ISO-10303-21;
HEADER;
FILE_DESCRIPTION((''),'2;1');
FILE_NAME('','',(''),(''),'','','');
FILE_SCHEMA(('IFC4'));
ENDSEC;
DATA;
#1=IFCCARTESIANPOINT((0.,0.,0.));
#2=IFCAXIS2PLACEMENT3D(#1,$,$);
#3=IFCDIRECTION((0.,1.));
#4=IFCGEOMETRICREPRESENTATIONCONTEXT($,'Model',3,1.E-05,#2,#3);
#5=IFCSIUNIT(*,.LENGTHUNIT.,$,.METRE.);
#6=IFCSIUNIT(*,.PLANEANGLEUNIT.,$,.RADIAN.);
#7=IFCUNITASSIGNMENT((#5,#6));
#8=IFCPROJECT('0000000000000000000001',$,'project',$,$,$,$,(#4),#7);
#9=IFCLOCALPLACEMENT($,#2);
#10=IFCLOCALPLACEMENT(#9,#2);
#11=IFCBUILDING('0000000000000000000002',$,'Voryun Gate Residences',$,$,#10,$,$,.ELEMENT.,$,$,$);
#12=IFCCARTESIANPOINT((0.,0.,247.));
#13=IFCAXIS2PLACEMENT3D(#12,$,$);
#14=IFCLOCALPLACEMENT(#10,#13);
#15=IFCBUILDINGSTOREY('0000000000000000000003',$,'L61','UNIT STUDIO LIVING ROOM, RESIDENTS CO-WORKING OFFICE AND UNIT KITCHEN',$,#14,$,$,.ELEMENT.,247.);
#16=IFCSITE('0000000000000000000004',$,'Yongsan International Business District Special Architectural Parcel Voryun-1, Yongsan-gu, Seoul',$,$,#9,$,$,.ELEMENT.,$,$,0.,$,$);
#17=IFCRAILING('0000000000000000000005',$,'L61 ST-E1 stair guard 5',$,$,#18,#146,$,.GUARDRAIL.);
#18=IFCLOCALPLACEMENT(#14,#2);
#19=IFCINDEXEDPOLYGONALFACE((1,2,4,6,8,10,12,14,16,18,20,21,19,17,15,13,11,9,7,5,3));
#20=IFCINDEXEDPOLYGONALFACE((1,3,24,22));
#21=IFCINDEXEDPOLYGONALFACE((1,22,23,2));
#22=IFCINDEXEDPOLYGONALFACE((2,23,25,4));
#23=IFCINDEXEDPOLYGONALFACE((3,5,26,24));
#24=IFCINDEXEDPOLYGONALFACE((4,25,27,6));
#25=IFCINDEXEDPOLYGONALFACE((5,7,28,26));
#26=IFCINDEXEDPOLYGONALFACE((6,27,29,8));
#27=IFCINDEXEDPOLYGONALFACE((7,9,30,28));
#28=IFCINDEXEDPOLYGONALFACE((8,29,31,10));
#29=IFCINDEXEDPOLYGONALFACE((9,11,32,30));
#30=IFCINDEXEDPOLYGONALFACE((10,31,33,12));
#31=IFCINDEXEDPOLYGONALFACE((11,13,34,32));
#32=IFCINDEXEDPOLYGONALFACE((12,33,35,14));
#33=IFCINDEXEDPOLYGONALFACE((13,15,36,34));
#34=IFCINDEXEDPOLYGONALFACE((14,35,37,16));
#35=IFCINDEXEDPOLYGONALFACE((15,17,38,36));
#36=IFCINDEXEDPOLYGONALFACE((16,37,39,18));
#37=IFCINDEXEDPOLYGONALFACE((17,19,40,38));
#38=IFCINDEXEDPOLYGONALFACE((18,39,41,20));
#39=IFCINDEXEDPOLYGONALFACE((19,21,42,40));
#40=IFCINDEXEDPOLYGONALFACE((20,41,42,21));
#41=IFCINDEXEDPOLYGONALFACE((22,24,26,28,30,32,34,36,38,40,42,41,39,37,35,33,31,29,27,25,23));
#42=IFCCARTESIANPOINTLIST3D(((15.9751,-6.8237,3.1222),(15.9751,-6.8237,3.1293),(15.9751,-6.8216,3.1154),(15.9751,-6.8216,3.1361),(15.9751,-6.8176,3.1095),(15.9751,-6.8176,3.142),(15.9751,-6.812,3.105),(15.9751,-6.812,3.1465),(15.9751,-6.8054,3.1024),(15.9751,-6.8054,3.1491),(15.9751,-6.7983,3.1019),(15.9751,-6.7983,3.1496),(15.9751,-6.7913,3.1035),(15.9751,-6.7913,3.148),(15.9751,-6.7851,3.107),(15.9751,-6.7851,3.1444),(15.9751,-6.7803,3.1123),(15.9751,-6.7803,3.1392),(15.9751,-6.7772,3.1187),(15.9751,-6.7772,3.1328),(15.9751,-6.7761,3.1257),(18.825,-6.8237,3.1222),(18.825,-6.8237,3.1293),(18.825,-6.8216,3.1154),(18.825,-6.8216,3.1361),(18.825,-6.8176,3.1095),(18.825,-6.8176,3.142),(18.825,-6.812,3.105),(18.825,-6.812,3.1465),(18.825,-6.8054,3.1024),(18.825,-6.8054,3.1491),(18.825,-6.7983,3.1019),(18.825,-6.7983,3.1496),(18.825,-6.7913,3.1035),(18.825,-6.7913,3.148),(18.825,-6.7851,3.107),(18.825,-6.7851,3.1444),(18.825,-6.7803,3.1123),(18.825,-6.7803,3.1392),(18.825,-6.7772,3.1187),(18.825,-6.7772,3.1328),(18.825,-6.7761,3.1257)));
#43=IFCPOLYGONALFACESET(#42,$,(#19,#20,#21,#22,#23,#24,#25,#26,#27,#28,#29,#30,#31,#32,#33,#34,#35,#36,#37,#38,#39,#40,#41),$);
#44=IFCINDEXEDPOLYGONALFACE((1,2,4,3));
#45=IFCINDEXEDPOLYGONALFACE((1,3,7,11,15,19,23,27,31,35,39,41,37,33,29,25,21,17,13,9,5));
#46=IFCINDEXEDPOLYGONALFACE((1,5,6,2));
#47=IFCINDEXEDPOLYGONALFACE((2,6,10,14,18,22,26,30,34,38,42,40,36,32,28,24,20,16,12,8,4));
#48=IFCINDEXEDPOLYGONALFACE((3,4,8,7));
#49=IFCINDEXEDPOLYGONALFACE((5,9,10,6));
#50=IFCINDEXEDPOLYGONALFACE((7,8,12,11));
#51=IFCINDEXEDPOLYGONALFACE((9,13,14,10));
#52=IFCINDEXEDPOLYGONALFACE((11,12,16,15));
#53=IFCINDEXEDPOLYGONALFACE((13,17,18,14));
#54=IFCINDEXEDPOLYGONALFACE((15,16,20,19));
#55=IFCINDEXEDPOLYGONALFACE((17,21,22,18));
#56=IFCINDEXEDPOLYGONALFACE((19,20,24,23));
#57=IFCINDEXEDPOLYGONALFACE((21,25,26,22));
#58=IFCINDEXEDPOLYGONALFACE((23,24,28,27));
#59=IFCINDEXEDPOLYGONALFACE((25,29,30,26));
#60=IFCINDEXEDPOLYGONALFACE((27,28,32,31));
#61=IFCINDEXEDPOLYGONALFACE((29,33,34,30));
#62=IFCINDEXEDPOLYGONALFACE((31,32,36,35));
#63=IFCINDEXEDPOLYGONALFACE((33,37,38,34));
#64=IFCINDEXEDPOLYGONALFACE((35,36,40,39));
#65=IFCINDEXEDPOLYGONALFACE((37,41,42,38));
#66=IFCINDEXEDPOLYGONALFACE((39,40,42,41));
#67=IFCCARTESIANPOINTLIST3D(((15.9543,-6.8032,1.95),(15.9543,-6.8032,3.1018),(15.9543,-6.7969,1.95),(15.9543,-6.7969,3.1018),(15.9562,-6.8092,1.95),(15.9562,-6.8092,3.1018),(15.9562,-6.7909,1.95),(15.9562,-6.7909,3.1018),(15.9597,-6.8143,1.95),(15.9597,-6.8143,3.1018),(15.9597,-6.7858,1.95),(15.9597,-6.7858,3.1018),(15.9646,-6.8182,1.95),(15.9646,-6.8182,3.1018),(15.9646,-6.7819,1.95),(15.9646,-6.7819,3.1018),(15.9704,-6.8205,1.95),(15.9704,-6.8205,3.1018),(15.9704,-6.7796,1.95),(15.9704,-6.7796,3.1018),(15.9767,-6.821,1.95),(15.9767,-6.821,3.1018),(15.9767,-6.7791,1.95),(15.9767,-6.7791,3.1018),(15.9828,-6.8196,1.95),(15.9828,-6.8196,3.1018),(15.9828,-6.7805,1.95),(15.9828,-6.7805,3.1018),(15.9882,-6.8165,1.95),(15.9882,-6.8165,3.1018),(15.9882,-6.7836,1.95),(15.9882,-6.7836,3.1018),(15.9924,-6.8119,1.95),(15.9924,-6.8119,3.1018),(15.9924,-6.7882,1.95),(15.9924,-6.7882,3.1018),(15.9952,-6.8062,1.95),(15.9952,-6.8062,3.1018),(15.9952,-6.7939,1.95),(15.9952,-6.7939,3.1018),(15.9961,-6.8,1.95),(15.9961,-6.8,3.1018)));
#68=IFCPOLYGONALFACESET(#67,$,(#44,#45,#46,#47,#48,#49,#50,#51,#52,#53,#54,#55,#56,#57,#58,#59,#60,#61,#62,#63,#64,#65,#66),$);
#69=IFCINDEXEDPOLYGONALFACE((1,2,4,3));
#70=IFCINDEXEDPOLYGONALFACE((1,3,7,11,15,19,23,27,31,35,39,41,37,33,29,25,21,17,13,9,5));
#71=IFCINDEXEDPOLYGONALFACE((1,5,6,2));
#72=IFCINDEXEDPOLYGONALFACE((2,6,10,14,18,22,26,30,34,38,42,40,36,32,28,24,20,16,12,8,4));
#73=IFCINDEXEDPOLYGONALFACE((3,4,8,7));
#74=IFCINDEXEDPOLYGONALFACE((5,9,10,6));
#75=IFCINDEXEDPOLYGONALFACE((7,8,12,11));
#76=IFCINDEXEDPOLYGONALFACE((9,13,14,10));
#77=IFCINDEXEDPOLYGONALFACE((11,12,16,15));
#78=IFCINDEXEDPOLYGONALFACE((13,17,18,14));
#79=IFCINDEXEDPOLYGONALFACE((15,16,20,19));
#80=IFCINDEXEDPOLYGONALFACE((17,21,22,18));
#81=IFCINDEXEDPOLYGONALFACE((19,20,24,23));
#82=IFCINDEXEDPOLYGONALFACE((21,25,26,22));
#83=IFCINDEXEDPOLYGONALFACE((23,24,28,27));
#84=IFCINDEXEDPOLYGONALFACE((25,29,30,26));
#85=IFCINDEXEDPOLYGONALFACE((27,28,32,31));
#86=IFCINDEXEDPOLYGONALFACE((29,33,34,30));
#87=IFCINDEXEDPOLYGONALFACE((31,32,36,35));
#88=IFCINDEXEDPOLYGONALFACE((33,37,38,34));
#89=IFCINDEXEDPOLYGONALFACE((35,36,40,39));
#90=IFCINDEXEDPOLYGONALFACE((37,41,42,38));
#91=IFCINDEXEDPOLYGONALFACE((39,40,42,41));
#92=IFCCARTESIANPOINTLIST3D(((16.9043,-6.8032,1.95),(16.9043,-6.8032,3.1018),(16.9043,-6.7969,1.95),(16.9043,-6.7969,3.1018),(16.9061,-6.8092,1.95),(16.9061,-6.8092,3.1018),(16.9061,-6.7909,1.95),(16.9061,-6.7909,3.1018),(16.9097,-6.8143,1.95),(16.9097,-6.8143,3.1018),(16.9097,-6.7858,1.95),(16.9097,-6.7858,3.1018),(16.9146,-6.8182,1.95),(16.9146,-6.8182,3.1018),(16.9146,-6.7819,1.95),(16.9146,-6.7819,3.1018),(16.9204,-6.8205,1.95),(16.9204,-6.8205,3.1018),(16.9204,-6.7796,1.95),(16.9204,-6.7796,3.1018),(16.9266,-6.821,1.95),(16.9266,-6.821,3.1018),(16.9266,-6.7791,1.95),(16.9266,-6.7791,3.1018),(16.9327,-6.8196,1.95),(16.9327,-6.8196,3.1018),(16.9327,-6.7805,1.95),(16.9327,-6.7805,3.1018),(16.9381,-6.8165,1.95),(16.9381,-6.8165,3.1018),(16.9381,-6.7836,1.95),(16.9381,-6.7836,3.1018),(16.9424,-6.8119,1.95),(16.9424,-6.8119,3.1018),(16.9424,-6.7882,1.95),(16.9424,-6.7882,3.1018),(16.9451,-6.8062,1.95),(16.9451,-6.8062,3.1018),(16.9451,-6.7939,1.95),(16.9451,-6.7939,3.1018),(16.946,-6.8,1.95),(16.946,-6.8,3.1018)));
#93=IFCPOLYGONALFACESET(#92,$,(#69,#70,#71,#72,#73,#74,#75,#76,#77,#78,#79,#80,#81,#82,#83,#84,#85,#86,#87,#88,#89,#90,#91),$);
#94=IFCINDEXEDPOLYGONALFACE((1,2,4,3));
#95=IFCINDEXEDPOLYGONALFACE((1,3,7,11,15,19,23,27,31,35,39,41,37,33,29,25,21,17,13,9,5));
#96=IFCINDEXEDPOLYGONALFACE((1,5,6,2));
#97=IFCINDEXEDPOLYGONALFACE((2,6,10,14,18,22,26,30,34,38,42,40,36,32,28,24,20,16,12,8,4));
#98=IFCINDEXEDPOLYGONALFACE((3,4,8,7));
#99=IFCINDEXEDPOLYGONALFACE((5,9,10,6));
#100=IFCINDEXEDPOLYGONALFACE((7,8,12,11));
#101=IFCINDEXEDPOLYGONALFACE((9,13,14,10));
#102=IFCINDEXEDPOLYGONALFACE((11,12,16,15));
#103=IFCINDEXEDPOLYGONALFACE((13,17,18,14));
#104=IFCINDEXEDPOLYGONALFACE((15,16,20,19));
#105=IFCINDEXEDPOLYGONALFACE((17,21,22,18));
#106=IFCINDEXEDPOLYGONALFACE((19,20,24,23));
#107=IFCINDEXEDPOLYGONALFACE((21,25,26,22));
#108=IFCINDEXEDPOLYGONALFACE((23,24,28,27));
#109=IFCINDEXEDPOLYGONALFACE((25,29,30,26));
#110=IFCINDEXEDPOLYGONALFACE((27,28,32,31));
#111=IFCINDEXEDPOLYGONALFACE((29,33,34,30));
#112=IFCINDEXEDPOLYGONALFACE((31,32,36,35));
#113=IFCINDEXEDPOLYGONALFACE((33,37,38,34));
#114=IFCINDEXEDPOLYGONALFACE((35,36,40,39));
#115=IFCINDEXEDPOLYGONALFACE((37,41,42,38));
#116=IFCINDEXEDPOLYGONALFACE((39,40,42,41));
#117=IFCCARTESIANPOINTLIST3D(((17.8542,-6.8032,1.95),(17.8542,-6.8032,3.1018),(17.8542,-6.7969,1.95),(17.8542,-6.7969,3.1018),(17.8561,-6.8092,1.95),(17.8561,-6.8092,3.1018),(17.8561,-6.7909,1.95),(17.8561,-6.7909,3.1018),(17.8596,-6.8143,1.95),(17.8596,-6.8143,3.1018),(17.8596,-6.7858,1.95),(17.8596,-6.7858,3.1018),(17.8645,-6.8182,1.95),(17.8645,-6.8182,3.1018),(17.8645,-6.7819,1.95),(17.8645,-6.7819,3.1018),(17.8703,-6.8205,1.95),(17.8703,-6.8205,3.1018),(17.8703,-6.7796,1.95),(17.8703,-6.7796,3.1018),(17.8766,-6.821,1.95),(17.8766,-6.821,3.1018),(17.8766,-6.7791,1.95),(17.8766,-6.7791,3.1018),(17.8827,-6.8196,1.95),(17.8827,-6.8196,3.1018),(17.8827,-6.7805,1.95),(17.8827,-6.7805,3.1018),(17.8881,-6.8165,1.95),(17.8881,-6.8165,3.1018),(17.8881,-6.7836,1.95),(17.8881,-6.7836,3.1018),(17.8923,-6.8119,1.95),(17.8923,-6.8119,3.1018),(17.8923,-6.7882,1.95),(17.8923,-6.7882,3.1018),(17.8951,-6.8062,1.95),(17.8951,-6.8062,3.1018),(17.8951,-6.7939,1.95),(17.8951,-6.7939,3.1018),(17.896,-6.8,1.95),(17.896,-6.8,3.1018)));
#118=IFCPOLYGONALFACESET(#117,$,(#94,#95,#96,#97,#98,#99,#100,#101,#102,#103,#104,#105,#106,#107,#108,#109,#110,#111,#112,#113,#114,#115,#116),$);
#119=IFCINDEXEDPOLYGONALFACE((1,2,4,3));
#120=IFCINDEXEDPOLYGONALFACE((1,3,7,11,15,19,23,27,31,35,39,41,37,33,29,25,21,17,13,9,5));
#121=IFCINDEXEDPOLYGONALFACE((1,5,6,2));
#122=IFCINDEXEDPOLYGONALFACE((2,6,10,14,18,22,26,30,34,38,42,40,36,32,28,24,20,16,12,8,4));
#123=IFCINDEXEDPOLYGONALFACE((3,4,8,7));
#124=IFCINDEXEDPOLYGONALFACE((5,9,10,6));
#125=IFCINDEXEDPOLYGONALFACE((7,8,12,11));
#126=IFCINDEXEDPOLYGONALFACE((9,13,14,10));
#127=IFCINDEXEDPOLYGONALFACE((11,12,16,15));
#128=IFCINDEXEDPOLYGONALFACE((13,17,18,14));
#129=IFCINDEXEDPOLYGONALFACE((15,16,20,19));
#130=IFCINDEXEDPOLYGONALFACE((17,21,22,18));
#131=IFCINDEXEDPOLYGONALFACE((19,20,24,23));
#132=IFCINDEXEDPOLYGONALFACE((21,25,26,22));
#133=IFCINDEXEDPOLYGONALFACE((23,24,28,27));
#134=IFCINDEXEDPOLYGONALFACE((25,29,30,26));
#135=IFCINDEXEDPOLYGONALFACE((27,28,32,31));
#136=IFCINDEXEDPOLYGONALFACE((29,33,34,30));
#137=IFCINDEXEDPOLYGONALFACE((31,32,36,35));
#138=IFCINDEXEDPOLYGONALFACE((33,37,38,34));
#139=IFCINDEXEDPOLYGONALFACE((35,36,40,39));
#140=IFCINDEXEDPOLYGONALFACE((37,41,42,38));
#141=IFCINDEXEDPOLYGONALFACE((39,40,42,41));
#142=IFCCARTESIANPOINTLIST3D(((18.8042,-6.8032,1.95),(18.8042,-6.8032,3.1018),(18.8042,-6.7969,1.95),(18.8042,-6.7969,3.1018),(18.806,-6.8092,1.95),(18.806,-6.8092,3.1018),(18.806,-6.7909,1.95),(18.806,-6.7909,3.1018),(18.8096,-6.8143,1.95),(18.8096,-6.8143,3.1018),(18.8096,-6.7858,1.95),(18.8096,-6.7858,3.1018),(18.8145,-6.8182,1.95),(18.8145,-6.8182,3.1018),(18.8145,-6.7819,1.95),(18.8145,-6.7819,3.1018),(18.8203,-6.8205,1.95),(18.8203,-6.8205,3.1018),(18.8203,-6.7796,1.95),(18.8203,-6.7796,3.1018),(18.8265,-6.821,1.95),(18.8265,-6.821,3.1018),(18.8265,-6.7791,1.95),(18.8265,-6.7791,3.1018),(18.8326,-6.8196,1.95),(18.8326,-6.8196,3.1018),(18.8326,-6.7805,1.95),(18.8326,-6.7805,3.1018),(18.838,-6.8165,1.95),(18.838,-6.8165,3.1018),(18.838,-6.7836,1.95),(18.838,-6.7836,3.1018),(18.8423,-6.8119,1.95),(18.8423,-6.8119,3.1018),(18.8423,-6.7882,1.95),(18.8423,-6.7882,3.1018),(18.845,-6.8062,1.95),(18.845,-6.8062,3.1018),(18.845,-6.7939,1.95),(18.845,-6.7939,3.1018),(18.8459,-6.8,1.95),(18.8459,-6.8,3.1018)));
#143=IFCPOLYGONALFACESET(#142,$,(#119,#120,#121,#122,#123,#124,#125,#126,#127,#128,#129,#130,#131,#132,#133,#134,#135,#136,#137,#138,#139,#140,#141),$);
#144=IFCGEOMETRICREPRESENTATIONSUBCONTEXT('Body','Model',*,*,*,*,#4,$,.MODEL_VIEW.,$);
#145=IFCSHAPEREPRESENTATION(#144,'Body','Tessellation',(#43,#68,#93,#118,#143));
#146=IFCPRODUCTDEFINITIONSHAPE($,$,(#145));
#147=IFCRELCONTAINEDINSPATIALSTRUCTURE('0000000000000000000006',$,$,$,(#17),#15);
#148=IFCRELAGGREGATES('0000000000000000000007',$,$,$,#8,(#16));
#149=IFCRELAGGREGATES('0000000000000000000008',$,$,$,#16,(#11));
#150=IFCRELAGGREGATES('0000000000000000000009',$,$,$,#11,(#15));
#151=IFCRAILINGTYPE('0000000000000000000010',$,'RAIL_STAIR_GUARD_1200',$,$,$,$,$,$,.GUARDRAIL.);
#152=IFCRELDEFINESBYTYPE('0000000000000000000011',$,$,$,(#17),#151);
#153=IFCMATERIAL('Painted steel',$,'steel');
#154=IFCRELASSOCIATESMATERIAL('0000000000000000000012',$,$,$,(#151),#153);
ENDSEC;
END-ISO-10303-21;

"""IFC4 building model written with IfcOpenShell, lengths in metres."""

from ifc_helpers import new_model, si_unit, direction, frame, origin, origin_2d, place, context, subcontext, project, spatial, circle, extrude, material, type_object, element, save


model = new_model("IFC4")

# Units and contexts
model_context = context("Model", 3, precision=1e-05, world=origin(), true_north=direction((0.0, 1.0)))
body_context = subcontext(model_context, "Body", "Model", "MODEL_VIEW")
ifc_project = project(units=[si_unit("LENGTHUNIT", "METRE"), si_unit("PLANEANGLEUNIT", "RADIAN")], contexts=[model_context])

# Site, building, storey
site_placement = place(None, origin())
site = spatial("IfcSite", under=ifc_project, at=site_placement, Name="Yongsan International Business District Special Architectural Parcel Voryun-1, Yongsan-gu, Seoul", CompositionType="ELEMENT", RefElevation=0.0)
building_placement = place(site_placement, origin())
building = spatial("IfcBuilding", under=site, at=building_placement, Name="Voryun Gate Residences", CompositionType="ELEMENT")
storey_placement = place(building_placement, frame((0.0, 0.0, 247.0)))
storey = spatial("IfcBuildingStorey", under=building, at=storey_placement, Name="L61", Description="UNIT STUDIO LIVING ROOM, RESIDENTS CO-WORKING OFFICE AND UNIT KITCHEN", CompositionType="ELEMENT", Elevation=247.0)

# Railing
ifc_material_1 = material(Name="Painted steel", Category="steel")
railing_type = type_object("IfcRailingType", Name="RAIL_STAIR_GUARD_1200", PredefinedType="GUARDRAIL", material=ifc_material_1)
railing_1_placement = place(storey_placement, frame((15.9751, -6.8, 1.95)))
element("IfcRailing", 1, at=railing_1_placement, inside=storey, type_object=railing_type, Name="L61 ST-E1 stair guard 5", PredefinedType="GUARDRAIL", context=body_context, shape_type="SweptSolid", body=[
    extrude(circle(Radius=0.0239, at=origin_2d()), frame((0.0, 0.0, 1.1758), z_axis=(1.0, 0.0, 0.0), x_axis=(0.0, 1.0, 0.0)), (0.0, 0.0, 1.0), 2.8499),
    extrude(circle(Radius=0.021, at=origin_2d()), origin(), (0.0, 0.0, 1.0), 1.1519),
    extrude(circle(Radius=0.021, at=origin_2d()), frame((0.95, 0.0, 0.0)), (0.0, 0.0, 1.0), 1.1519),
    extrude(circle(Radius=0.021, at=origin_2d()), frame((1.8999, 0.0, 0.0)), (0.0, 0.0, 1.0), 1.1519),
    extrude(circle(Radius=0.021, at=origin_2d()), frame((2.8499, 0.0, 0.0)), (0.0, 0.0, 1.0), 1.1519),
])

save(model, "model.ifc")
